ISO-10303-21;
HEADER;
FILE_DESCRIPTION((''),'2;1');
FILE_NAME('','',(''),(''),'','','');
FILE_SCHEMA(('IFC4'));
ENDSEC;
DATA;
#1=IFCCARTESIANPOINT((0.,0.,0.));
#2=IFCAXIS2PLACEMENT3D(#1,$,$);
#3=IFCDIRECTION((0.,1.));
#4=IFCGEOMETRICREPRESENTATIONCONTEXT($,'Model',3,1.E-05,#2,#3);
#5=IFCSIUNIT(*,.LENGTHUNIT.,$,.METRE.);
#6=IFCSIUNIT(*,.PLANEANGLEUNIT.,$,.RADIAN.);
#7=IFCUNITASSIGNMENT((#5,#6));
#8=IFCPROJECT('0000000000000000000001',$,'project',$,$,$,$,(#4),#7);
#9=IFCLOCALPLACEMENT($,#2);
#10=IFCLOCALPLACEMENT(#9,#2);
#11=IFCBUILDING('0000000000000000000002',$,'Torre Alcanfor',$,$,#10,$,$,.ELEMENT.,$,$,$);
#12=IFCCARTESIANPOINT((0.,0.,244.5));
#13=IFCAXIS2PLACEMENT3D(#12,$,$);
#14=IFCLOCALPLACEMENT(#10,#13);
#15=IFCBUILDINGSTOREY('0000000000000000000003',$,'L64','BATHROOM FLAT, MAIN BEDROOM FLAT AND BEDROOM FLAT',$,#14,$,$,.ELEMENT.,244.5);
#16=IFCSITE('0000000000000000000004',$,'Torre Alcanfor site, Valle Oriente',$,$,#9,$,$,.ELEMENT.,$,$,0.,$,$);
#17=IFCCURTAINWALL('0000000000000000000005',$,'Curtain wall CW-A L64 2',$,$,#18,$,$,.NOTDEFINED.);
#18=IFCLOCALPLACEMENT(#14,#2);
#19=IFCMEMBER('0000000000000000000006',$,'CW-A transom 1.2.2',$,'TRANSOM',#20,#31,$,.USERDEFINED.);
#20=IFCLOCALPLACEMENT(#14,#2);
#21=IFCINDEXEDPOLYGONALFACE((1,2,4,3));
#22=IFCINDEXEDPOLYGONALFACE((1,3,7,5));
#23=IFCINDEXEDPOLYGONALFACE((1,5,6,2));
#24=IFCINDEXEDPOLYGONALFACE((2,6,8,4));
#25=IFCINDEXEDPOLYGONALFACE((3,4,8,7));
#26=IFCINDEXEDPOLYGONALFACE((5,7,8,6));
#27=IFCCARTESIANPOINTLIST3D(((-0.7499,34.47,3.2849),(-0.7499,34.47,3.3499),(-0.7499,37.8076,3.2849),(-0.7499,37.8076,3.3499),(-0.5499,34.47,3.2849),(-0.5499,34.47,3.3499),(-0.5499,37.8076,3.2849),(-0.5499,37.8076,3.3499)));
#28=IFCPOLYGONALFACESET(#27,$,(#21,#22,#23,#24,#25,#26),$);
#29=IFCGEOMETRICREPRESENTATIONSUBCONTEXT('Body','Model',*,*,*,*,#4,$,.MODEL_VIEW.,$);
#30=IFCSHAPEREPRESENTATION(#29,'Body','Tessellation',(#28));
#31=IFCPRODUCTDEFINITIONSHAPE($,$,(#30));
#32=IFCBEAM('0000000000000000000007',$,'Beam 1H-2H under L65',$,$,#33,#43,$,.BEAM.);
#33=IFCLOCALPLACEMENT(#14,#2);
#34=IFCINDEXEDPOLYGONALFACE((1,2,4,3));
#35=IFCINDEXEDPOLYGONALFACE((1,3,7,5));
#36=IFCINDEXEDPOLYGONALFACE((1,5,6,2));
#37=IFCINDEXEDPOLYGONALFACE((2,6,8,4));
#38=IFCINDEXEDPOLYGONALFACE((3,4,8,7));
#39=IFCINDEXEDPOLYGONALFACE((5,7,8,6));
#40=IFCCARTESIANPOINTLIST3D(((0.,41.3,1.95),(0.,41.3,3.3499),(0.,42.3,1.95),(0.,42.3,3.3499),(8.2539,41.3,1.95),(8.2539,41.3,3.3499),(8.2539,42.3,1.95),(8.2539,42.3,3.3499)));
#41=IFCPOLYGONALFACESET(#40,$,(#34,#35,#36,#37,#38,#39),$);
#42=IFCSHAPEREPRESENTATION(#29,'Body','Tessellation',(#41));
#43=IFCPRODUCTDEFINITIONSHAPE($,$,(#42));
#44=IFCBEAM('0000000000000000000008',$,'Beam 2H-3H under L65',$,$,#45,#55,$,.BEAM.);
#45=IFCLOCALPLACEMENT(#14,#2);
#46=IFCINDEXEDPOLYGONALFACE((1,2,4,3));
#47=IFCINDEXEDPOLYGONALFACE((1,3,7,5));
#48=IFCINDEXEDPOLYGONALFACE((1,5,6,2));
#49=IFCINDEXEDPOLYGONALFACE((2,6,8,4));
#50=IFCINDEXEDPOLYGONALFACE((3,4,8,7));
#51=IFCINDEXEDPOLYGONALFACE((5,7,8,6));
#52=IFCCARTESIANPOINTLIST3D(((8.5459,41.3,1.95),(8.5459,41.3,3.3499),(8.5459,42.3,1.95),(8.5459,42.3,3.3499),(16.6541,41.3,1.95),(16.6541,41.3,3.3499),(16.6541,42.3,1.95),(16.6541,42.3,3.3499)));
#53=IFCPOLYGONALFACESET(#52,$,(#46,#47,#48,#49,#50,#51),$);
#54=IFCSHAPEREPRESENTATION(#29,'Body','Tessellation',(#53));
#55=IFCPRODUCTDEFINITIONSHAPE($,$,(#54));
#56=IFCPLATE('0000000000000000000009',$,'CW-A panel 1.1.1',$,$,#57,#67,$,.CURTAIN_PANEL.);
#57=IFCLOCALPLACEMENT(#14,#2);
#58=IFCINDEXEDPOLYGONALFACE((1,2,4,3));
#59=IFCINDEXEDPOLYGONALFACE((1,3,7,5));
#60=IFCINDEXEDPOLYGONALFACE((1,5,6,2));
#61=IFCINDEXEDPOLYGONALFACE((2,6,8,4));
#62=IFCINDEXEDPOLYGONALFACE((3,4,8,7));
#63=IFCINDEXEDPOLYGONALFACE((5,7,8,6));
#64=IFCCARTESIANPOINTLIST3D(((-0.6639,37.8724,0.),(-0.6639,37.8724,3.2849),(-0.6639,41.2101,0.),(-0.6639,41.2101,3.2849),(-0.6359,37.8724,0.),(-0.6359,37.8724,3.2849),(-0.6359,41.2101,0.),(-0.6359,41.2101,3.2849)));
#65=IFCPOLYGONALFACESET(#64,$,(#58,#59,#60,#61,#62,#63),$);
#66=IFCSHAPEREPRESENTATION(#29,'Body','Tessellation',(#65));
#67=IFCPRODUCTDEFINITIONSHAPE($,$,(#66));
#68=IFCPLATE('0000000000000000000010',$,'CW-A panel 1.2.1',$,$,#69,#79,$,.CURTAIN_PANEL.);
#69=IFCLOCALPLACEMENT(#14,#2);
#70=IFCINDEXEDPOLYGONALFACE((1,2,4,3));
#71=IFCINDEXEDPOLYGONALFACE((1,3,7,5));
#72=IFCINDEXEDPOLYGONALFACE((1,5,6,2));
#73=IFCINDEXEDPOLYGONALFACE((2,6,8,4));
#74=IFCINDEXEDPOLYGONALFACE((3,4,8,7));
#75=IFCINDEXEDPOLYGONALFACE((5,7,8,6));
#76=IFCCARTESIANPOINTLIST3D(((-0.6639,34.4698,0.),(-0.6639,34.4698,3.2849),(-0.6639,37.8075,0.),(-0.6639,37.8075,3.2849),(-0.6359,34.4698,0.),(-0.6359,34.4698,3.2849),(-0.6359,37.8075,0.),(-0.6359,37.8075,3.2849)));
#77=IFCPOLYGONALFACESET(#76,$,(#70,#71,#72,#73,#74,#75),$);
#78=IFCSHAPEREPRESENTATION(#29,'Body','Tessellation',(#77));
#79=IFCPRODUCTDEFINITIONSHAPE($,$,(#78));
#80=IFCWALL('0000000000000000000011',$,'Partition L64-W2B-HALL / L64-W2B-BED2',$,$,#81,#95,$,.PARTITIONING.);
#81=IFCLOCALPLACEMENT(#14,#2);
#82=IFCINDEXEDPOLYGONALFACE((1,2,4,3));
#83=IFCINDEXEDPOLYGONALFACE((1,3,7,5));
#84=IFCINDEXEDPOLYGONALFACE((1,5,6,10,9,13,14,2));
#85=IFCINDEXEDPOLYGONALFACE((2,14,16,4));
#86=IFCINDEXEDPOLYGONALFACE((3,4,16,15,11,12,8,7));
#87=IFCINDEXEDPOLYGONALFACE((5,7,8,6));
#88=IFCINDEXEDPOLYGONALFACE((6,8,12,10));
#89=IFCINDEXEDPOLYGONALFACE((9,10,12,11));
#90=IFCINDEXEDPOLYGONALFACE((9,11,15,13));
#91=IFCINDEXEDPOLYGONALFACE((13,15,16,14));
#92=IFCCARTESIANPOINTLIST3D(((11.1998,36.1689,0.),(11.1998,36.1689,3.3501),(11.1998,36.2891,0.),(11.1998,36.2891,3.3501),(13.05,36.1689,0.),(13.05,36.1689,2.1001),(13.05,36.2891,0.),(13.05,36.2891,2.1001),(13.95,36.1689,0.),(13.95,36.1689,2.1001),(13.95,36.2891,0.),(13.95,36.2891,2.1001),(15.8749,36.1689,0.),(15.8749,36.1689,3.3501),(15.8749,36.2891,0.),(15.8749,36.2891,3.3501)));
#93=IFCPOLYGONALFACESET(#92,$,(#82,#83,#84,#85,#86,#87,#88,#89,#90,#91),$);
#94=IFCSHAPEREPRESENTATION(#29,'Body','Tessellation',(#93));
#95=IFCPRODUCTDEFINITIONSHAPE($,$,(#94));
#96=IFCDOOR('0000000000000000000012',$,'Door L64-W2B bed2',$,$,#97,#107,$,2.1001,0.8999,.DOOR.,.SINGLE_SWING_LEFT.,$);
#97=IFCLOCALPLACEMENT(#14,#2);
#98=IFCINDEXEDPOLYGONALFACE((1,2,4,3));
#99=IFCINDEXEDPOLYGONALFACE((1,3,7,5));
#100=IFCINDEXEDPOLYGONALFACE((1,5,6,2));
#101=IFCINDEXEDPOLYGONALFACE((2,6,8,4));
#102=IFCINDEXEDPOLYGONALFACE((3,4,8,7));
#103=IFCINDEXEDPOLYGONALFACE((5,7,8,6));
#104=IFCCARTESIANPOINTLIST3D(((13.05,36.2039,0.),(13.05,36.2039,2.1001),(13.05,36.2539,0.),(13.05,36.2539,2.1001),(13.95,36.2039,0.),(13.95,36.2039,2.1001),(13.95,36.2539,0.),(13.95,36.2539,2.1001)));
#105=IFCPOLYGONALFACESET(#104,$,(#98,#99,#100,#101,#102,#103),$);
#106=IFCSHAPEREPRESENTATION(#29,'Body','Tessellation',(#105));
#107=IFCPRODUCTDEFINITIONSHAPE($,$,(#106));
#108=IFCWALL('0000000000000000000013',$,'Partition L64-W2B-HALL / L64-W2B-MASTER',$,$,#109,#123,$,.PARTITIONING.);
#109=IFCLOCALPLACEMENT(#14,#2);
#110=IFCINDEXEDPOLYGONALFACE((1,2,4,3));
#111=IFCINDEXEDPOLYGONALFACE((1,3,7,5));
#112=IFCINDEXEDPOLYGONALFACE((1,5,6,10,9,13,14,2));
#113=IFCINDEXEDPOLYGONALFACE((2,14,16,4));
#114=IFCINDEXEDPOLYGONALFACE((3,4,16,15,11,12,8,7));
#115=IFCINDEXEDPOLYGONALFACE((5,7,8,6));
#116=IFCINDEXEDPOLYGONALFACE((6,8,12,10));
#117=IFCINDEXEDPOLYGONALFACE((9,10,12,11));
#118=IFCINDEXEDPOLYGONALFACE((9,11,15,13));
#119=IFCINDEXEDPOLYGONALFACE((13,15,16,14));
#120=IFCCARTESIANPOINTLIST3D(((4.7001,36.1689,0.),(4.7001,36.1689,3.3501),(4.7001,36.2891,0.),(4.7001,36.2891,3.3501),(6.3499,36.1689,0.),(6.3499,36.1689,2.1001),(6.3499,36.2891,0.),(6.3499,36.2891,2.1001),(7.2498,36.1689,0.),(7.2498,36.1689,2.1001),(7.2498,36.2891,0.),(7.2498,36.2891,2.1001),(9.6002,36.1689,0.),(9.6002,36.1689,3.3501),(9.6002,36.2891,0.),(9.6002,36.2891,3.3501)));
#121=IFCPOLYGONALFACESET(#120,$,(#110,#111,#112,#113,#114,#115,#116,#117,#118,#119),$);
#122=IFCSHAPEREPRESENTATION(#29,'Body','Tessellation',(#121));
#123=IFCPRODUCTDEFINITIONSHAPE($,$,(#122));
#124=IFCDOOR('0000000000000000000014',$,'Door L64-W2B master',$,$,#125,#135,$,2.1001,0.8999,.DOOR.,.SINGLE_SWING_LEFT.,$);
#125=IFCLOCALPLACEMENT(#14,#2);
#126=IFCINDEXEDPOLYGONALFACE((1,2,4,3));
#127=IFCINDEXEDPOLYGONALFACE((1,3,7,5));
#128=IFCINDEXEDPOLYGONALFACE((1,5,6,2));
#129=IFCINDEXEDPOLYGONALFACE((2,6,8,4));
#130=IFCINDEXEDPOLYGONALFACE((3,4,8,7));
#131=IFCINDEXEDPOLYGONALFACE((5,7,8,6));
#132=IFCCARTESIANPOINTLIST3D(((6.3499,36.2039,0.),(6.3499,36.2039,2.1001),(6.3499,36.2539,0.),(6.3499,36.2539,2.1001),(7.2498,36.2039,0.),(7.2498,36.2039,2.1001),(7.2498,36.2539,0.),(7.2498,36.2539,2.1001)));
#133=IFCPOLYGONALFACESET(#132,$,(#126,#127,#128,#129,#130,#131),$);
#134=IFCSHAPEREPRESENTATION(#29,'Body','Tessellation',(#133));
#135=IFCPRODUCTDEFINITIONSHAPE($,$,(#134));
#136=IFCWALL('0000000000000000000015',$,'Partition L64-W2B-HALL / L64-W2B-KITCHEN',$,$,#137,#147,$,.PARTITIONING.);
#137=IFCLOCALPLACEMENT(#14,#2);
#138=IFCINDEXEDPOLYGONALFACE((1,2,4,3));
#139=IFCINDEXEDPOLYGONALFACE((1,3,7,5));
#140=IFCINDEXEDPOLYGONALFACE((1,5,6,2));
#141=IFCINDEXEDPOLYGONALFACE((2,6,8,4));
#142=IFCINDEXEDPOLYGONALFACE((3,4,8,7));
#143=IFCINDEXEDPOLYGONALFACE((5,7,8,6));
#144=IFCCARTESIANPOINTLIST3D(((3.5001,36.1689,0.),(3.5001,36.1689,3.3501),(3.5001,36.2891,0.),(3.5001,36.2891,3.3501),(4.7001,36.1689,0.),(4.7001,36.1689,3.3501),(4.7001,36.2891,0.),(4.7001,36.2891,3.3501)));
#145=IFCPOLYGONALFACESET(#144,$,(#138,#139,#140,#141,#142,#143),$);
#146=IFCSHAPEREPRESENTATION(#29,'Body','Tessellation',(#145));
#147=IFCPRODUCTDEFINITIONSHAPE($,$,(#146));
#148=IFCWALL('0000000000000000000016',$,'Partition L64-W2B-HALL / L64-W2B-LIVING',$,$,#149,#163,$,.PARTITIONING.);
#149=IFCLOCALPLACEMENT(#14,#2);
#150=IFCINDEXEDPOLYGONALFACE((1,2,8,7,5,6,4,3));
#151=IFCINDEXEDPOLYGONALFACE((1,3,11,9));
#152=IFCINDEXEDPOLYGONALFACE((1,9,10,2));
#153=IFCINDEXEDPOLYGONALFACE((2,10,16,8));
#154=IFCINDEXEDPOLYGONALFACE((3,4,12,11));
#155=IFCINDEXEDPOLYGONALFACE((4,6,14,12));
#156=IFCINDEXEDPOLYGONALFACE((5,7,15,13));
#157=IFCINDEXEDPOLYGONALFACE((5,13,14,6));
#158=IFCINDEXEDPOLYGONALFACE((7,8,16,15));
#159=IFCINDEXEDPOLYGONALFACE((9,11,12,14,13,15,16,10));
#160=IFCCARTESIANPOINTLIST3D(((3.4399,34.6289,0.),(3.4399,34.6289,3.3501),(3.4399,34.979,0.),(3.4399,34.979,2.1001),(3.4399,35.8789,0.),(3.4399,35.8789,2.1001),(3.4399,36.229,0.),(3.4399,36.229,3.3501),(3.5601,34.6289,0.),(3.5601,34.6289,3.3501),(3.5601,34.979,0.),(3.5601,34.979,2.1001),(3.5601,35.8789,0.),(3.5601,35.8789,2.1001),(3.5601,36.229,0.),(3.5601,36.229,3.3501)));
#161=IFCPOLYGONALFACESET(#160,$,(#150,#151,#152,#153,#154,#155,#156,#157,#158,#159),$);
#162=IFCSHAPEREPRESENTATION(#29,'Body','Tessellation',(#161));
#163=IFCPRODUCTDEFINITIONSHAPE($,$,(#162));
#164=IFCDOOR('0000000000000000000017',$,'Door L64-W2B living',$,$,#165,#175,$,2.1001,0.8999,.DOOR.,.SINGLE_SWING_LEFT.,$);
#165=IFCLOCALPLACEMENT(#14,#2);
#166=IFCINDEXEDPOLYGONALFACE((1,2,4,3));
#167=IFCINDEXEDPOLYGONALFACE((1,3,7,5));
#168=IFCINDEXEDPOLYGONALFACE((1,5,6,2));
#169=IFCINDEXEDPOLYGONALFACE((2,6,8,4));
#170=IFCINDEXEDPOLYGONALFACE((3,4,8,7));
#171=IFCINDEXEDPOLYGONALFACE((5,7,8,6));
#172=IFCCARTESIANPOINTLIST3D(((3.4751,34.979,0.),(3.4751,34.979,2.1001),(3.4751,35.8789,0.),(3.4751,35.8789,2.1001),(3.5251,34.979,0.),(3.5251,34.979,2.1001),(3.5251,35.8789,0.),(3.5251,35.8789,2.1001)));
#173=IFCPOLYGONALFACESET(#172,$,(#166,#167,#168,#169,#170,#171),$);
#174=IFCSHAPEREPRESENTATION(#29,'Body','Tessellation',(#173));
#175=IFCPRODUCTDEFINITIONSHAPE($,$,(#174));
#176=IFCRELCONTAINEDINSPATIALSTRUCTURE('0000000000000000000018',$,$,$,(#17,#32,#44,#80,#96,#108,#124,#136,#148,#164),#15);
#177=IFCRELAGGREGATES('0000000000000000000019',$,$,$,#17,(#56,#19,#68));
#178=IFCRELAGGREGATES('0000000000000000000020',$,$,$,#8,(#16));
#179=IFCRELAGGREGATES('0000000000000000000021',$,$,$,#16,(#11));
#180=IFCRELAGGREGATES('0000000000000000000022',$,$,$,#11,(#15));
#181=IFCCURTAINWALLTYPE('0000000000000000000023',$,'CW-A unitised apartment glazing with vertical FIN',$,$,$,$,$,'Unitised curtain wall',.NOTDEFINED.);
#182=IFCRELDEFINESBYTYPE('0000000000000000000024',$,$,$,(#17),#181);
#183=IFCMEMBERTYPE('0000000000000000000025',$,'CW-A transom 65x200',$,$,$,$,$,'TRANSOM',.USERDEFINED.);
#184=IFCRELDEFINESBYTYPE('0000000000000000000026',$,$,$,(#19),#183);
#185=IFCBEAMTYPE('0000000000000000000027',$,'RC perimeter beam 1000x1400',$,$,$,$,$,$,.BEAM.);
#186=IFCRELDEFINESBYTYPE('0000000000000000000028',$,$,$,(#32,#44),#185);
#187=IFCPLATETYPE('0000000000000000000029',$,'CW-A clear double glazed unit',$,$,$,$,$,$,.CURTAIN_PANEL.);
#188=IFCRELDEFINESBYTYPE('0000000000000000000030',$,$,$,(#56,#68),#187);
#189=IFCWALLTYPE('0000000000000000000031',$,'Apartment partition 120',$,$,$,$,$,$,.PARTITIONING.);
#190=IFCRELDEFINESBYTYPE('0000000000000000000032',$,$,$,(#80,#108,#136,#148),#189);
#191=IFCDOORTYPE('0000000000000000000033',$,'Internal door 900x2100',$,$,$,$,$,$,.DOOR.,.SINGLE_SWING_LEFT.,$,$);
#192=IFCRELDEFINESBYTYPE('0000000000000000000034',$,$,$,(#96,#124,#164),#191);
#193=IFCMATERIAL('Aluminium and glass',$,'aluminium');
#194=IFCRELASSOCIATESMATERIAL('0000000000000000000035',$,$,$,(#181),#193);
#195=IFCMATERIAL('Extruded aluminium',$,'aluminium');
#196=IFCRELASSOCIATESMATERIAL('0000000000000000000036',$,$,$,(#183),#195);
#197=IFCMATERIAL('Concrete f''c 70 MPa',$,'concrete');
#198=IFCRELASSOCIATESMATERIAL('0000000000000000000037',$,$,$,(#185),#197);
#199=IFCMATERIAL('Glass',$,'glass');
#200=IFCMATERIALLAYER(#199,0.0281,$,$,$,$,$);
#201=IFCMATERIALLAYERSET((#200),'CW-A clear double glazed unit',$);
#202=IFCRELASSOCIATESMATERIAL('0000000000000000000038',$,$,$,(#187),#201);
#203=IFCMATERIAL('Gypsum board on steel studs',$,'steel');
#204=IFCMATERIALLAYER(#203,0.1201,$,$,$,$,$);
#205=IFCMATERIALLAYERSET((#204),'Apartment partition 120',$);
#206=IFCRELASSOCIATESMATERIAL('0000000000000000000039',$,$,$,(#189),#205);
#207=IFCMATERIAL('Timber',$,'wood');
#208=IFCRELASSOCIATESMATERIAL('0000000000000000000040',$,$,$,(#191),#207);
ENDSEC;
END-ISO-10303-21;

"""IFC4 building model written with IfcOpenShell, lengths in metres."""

from ifc_helpers import new_model, si_unit, direction, frame, frame_2d, origin, origin_2d, place, context, subcontext, project, spatial, rectangle, extrude, material, layer, layer_set, material_profile, profile_set, type_object, element, fill, aggregate, save


model = new_model("IFC4")

# Units and contexts
model_context = context("Model", 3, precision=1e-05, world=origin(), true_north=direction((0.0, 1.0)))
body_context = subcontext(model_context, "Body", "Model", "MODEL_VIEW")
ifc_project = project(units=[si_unit("LENGTHUNIT", "METRE"), si_unit("PLANEANGLEUNIT", "RADIAN")], contexts=[model_context])

# Site, building, storey
site_placement = place(None, origin())
site = spatial("IfcSite", under=ifc_project, at=site_placement, Name="Torre Alcanfor site, Valle Oriente", CompositionType="ELEMENT", RefElevation=0.0)
building_placement = place(site_placement, origin())
building = spatial("IfcBuilding", under=site, at=building_placement, Name="Torre Alcanfor", CompositionType="ELEMENT")
storey_placement = place(building_placement, frame((0.0, 0.0, 244.5)))
storey = spatial("IfcBuildingStorey", under=building, at=storey_placement, Name="L64", Description="BATHROOM FLAT, MAIN BEDROOM FLAT AND BEDROOM FLAT", CompositionType="ELEMENT", Elevation=244.5)

# Curtain wall, member
ifc_material_1 = material(Name="Aluminium and glass", Category="aluminium")
curtain_wall_type = type_object("IfcCurtainWallType", Name="CW-A unitised apartment glazing with vertical FIN", ElementType="Unitised curtain wall", PredefinedType="NOTDEFINED", material=ifc_material_1)
curtain_wall_placement = place(storey_placement, origin())
curtain_wall = element("IfcCurtainWall", 1, at=curtain_wall_placement, inside=storey, type_object=curtain_wall_type, Name="Curtain wall CW-A L64 2", PredefinedType="NOTDEFINED")
ifc_material_2 = material(Name="Extruded aluminium", Category="aluminium")
ifc_material_profile_1 = material_profile(ifc_material_2, rectangle(XDim=0.2, YDim=0.0649, at=origin_2d()), Name="CW-A transom 200x65")
ifc_profile_set_1 = profile_set([ifc_material_profile_1], Name="Extruded aluminium")
member_type_1 = type_object("IfcMemberType", Name="CW-A transom 65x200", ElementType="TRANSOM", PredefinedType="USERDEFINED", material=ifc_profile_set_1)
member_1_placement = place(storey_placement, frame((-0.6499, 37.8076, 3.3174), z_axis=(0.0, -1.0, 0.0), x_axis=(1.0, 0.0, 0.0)))
member_1 = element("IfcMember", 2, at=member_1_placement, type_object=member_type_1, Name="CW-A transom 1.2.2", ObjectType="TRANSOM", PredefinedType="USERDEFINED", context=body_context, shape_type="SweptSolid", body=[
    extrude(rectangle(XDim=0.2, YDim=0.0649, at=origin_2d()), origin(), (0.0, 0.0, 1.0), 3.3376),
])

# Beams
ifc_material_3 = material(Name="Concrete f'c 70 MPa", Category="concrete")
ifc_material_profile_2 = material_profile(ifc_material_3, rectangle(XDim=1.0, YDim=1.3999, at=origin_2d()), Name="1000x1400")
ifc_profile_set_2 = profile_set([ifc_material_profile_2], Name="Concrete f'c 70 MPa")
beam_type_1 = type_object("IfcBeamType", Name="RC perimeter beam 1000x1400", PredefinedType="BEAM", material=ifc_profile_set_2)
beam_1_placement = place(storey_placement, frame((0.0, 41.8, 2.6499), z_axis=(1.0, 0.0, 0.0), x_axis=(0.0, 1.0, 0.0)))
element("IfcBeam", 3, at=beam_1_placement, inside=storey, type_object=beam_type_1, Name="Beam 1H-2H under L65", PredefinedType="BEAM", context=body_context, shape_type="SweptSolid", body=[
    extrude(rectangle(XDim=1.0, YDim=1.3999, at=origin_2d()), origin(), (0.0, 0.0, 1.0), 8.2539),
])
beam_2_placement = place(storey_placement, frame((8.5459, 41.8, 2.6499), z_axis=(1.0, 0.0, 0.0), x_axis=(0.0, 1.0, 0.0)))
element("IfcBeam", 4, at=beam_2_placement, inside=storey, type_object=beam_type_1, Name="Beam 2H-3H under L65", PredefinedType="BEAM", context=body_context, shape_type="SweptSolid", body=[
    extrude(rectangle(XDim=1.0, YDim=1.3999, at=origin_2d()), origin(), (0.0, 0.0, 1.0), 8.1082),
])

# Plates
ifc_material_4 = material(Name="Glass", Category="glass")
ifc_layer_1 = layer(ifc_material_4, 0.0281)
ifc_layer_set_1 = layer_set([ifc_layer_1], Name="CW-A clear double glazed unit")
plate_type = type_object("IfcPlateType", Name="CW-A clear double glazed unit", PredefinedType="CURTAIN_PANEL", material=ifc_layer_set_1)
plate_1_placement = place(storey_placement, frame((-0.6499, 39.5413, 0.0), z_axis=(0.0, 0.0, 1.0), x_axis=(0.0, -1.0, 0.0)))
plate_1 = element("IfcPlate", 5, at=plate_1_placement, type_object=plate_type, Name="CW-A panel 1.1.1", PredefinedType="CURTAIN_PANEL", context=body_context, shape_type="SweptSolid", body=[
    extrude(rectangle(XDim=3.3376, YDim=0.0281, at=origin_2d()), origin(), (0.0, 0.0, 1.0), 3.2849),
])
plate_2_placement = place(storey_placement, frame((-0.6499, 36.1387, 0.0), z_axis=(0.0, 0.0, 1.0), x_axis=(0.0, -1.0, 0.0)))
plate_2 = element("IfcPlate", 6, at=plate_2_placement, type_object=plate_type, Name="CW-A panel 1.2.1", PredefinedType="CURTAIN_PANEL", context=body_context, shape_type="SweptSolid", body=[
    extrude(rectangle(XDim=3.3376, YDim=0.0281, at=origin_2d()), origin(), (0.0, 0.0, 1.0), 3.2849),
])
aggregate(curtain_wall, [plate_1, member_1, plate_2])

# Walls, openings, doors
ifc_material_5 = material(Name="Gypsum board on steel studs", Category="steel")
ifc_layer_2 = layer(ifc_material_5, 0.1201)
ifc_layer_set_2 = layer_set([ifc_layer_2], Name="Apartment partition 120")
wall_type_1 = type_object("IfcWallType", Name="Apartment partition 120", PredefinedType="PARTITIONING", material=ifc_layer_set_2)
wall_1_placement = place(storey_placement, frame((11.2, 36.229, 0.0), z_axis=(0.0, 0.0, 1.0), x_axis=(1.0, 0.0, 0.0)))
wall_1 = element("IfcWall", 7, at=wall_1_placement, inside=storey, type_object=wall_type_1, Name="Partition L64-W2B-HALL / L64-W2B-BED2", PredefinedType="PARTITIONING", context=body_context, shape_type="SweptSolid", body=[
    extrude(rectangle(XDim=4.675, YDim=0.1201, at=frame_2d((2.3374, 0.0))), origin(), (0.0, 0.0, 1.0), 3.3501),
])
opening_1_placement = place(wall_1_placement, frame((1.8501, 0.0, 0.0)))
opening_1 = element("IfcOpeningElement", 8, at=opening_1_placement, cuts=wall_1, PredefinedType="OPENING", context=body_context, shape_type="SweptSolid", body=[
    extrude(rectangle(XDim=0.8999, YDim=2.1001, at=frame_2d((0.45, 1.05))), frame((0.0, 0.0701, 0.0), z_axis=(0.0, -1.0, 0.0), x_axis=(1.0, 0.0, 0.0)), (0.0, 0.0, 1.0), 0.1401),
])
ifc_material_6 = material(Name="Timber", Category="wood")
door_type_1 = type_object("IfcDoorType", Name="Internal door 900x2100", OperationType="SINGLE_SWING_LEFT", PredefinedType="DOOR", material=ifc_material_6)
door_1_placement = place(opening_1_placement, origin())
door_1 = element("IfcDoor", 9, at=door_1_placement, inside=storey, type_object=door_type_1, Name="Door L64-W2B bed2", OperationType="SINGLE_SWING_LEFT", OverallHeight=2.1001, OverallWidth=0.8999, PredefinedType="DOOR", context=body_context, shape_type="SweptSolid", body=[
    extrude(rectangle(XDim=0.8999, YDim=2.1001, at=frame_2d((0.45, 1.05))), frame((0.0, 0.0249, 0.0), z_axis=(0.0, -1.0, 0.0), x_axis=(1.0, 0.0, 0.0)), (0.0, 0.0, 1.0), 0.05),
])
fill(opening_1, door_1)
wall_2_placement = place(storey_placement, frame((4.7, 36.229, 0.0), z_axis=(0.0, 0.0, 1.0), x_axis=(1.0, 0.0, 0.0)))
wall_2 = element("IfcWall", 10, at=wall_2_placement, inside=storey, type_object=wall_type_1, Name="Partition L64-W2B-HALL / L64-W2B-MASTER", PredefinedType="PARTITIONING", context=body_context, shape_type="SweptSolid", body=[
    extrude(rectangle(XDim=4.9001, YDim=0.1201, at=frame_2d((2.4502, 0.0))), origin(), (0.0, 0.0, 1.0), 3.3501),
])
opening_2_placement = place(wall_2_placement, frame((1.6499, 0.0, 0.0)))
opening_2 = element("IfcOpeningElement", 11, at=opening_2_placement, cuts=wall_2, PredefinedType="OPENING", context=body_context, shape_type="SweptSolid", body=[
    extrude(rectangle(XDim=0.8999, YDim=2.1001, at=frame_2d((0.45, 1.05))), frame((0.0, 0.0701, 0.0), z_axis=(0.0, -1.0, 0.0), x_axis=(1.0, 0.0, 0.0)), (0.0, 0.0, 1.0), 0.1401),
])
door_2_placement = place(opening_2_placement, origin())
door_2 = element("IfcDoor", 12, at=door_2_placement, inside=storey, type_object=door_type_1, Name="Door L64-W2B master", OperationType="SINGLE_SWING_LEFT", OverallHeight=2.1001, OverallWidth=0.8999, PredefinedType="DOOR", context=body_context, shape_type="SweptSolid", body=[
    extrude(rectangle(XDim=0.8999, YDim=2.1001, at=frame_2d((0.45, 1.05))), frame((0.0, 0.0249, 0.0), z_axis=(0.0, -1.0, 0.0), x_axis=(1.0, 0.0, 0.0)), (0.0, 0.0, 1.0), 0.05),
])
fill(opening_2, door_2)

# Wall
wall_3_placement = place(storey_placement, frame((3.5, 36.229, 0.0), z_axis=(0.0, 0.0, 1.0), x_axis=(1.0, 0.0, 0.0)))
element("IfcWall", 13, at=wall_3_placement, inside=storey, type_object=wall_type_1, Name="Partition L64-W2B-HALL / L64-W2B-KITCHEN", PredefinedType="PARTITIONING", context=body_context, shape_type="SweptSolid", body=[
    extrude(rectangle(XDim=1.2, YDim=0.1201, at=frame_2d((0.6001, 0.0))), origin(), (0.0, 0.0, 1.0), 3.3501),
])

# Wall, opening, door
wall_4_placement = place(storey_placement, frame((3.5, 34.6289, 0.0), z_axis=(0.0, 0.0, 1.0), x_axis=(0.0, 1.0, 0.0)))
wall_4 = element("IfcWall", 14, at=wall_4_placement, inside=storey, type_object=wall_type_1, Name="Partition L64-W2B-HALL / L64-W2B-LIVING", PredefinedType="PARTITIONING", context=body_context, shape_type="SweptSolid", body=[
    extrude(rectangle(XDim=1.6001, YDim=0.1201, at=frame_2d((0.8, 0.0))), origin(), (0.0, 0.0, 1.0), 3.3501),
])
opening_3_placement = place(wall_4_placement, frame((0.3501, 0.0, 0.0)))
opening_3 = element("IfcOpeningElement", 15, at=opening_3_placement, cuts=wall_4, PredefinedType="OPENING", context=body_context, shape_type="SweptSolid", body=[
    extrude(rectangle(XDim=0.8999, YDim=2.1001, at=frame_2d((0.45, 1.05))), frame((0.0, 0.0701, 0.0), z_axis=(0.0, -1.0, 0.0), x_axis=(1.0, 0.0, 0.0)), (0.0, 0.0, 1.0), 0.1401),
])
door_3_placement = place(opening_3_placement, origin())
door_3 = element("IfcDoor", 16, at=door_3_placement, inside=storey, type_object=door_type_1, Name="Door L64-W2B living", OperationType="SINGLE_SWING_LEFT", OverallHeight=2.1001, OverallWidth=0.8999, PredefinedType="DOOR", context=body_context, shape_type="SweptSolid", body=[
    extrude(rectangle(XDim=0.8999, YDim=2.1001, at=frame_2d((0.45, 1.05))), frame((0.0, 0.0249, 0.0), z_axis=(0.0, -1.0, 0.0), x_axis=(1.0, 0.0, 0.0)), (0.0, 0.0, 1.0), 0.05),
])
fill(opening_3, door_3)

save(model, "model.ifc")
